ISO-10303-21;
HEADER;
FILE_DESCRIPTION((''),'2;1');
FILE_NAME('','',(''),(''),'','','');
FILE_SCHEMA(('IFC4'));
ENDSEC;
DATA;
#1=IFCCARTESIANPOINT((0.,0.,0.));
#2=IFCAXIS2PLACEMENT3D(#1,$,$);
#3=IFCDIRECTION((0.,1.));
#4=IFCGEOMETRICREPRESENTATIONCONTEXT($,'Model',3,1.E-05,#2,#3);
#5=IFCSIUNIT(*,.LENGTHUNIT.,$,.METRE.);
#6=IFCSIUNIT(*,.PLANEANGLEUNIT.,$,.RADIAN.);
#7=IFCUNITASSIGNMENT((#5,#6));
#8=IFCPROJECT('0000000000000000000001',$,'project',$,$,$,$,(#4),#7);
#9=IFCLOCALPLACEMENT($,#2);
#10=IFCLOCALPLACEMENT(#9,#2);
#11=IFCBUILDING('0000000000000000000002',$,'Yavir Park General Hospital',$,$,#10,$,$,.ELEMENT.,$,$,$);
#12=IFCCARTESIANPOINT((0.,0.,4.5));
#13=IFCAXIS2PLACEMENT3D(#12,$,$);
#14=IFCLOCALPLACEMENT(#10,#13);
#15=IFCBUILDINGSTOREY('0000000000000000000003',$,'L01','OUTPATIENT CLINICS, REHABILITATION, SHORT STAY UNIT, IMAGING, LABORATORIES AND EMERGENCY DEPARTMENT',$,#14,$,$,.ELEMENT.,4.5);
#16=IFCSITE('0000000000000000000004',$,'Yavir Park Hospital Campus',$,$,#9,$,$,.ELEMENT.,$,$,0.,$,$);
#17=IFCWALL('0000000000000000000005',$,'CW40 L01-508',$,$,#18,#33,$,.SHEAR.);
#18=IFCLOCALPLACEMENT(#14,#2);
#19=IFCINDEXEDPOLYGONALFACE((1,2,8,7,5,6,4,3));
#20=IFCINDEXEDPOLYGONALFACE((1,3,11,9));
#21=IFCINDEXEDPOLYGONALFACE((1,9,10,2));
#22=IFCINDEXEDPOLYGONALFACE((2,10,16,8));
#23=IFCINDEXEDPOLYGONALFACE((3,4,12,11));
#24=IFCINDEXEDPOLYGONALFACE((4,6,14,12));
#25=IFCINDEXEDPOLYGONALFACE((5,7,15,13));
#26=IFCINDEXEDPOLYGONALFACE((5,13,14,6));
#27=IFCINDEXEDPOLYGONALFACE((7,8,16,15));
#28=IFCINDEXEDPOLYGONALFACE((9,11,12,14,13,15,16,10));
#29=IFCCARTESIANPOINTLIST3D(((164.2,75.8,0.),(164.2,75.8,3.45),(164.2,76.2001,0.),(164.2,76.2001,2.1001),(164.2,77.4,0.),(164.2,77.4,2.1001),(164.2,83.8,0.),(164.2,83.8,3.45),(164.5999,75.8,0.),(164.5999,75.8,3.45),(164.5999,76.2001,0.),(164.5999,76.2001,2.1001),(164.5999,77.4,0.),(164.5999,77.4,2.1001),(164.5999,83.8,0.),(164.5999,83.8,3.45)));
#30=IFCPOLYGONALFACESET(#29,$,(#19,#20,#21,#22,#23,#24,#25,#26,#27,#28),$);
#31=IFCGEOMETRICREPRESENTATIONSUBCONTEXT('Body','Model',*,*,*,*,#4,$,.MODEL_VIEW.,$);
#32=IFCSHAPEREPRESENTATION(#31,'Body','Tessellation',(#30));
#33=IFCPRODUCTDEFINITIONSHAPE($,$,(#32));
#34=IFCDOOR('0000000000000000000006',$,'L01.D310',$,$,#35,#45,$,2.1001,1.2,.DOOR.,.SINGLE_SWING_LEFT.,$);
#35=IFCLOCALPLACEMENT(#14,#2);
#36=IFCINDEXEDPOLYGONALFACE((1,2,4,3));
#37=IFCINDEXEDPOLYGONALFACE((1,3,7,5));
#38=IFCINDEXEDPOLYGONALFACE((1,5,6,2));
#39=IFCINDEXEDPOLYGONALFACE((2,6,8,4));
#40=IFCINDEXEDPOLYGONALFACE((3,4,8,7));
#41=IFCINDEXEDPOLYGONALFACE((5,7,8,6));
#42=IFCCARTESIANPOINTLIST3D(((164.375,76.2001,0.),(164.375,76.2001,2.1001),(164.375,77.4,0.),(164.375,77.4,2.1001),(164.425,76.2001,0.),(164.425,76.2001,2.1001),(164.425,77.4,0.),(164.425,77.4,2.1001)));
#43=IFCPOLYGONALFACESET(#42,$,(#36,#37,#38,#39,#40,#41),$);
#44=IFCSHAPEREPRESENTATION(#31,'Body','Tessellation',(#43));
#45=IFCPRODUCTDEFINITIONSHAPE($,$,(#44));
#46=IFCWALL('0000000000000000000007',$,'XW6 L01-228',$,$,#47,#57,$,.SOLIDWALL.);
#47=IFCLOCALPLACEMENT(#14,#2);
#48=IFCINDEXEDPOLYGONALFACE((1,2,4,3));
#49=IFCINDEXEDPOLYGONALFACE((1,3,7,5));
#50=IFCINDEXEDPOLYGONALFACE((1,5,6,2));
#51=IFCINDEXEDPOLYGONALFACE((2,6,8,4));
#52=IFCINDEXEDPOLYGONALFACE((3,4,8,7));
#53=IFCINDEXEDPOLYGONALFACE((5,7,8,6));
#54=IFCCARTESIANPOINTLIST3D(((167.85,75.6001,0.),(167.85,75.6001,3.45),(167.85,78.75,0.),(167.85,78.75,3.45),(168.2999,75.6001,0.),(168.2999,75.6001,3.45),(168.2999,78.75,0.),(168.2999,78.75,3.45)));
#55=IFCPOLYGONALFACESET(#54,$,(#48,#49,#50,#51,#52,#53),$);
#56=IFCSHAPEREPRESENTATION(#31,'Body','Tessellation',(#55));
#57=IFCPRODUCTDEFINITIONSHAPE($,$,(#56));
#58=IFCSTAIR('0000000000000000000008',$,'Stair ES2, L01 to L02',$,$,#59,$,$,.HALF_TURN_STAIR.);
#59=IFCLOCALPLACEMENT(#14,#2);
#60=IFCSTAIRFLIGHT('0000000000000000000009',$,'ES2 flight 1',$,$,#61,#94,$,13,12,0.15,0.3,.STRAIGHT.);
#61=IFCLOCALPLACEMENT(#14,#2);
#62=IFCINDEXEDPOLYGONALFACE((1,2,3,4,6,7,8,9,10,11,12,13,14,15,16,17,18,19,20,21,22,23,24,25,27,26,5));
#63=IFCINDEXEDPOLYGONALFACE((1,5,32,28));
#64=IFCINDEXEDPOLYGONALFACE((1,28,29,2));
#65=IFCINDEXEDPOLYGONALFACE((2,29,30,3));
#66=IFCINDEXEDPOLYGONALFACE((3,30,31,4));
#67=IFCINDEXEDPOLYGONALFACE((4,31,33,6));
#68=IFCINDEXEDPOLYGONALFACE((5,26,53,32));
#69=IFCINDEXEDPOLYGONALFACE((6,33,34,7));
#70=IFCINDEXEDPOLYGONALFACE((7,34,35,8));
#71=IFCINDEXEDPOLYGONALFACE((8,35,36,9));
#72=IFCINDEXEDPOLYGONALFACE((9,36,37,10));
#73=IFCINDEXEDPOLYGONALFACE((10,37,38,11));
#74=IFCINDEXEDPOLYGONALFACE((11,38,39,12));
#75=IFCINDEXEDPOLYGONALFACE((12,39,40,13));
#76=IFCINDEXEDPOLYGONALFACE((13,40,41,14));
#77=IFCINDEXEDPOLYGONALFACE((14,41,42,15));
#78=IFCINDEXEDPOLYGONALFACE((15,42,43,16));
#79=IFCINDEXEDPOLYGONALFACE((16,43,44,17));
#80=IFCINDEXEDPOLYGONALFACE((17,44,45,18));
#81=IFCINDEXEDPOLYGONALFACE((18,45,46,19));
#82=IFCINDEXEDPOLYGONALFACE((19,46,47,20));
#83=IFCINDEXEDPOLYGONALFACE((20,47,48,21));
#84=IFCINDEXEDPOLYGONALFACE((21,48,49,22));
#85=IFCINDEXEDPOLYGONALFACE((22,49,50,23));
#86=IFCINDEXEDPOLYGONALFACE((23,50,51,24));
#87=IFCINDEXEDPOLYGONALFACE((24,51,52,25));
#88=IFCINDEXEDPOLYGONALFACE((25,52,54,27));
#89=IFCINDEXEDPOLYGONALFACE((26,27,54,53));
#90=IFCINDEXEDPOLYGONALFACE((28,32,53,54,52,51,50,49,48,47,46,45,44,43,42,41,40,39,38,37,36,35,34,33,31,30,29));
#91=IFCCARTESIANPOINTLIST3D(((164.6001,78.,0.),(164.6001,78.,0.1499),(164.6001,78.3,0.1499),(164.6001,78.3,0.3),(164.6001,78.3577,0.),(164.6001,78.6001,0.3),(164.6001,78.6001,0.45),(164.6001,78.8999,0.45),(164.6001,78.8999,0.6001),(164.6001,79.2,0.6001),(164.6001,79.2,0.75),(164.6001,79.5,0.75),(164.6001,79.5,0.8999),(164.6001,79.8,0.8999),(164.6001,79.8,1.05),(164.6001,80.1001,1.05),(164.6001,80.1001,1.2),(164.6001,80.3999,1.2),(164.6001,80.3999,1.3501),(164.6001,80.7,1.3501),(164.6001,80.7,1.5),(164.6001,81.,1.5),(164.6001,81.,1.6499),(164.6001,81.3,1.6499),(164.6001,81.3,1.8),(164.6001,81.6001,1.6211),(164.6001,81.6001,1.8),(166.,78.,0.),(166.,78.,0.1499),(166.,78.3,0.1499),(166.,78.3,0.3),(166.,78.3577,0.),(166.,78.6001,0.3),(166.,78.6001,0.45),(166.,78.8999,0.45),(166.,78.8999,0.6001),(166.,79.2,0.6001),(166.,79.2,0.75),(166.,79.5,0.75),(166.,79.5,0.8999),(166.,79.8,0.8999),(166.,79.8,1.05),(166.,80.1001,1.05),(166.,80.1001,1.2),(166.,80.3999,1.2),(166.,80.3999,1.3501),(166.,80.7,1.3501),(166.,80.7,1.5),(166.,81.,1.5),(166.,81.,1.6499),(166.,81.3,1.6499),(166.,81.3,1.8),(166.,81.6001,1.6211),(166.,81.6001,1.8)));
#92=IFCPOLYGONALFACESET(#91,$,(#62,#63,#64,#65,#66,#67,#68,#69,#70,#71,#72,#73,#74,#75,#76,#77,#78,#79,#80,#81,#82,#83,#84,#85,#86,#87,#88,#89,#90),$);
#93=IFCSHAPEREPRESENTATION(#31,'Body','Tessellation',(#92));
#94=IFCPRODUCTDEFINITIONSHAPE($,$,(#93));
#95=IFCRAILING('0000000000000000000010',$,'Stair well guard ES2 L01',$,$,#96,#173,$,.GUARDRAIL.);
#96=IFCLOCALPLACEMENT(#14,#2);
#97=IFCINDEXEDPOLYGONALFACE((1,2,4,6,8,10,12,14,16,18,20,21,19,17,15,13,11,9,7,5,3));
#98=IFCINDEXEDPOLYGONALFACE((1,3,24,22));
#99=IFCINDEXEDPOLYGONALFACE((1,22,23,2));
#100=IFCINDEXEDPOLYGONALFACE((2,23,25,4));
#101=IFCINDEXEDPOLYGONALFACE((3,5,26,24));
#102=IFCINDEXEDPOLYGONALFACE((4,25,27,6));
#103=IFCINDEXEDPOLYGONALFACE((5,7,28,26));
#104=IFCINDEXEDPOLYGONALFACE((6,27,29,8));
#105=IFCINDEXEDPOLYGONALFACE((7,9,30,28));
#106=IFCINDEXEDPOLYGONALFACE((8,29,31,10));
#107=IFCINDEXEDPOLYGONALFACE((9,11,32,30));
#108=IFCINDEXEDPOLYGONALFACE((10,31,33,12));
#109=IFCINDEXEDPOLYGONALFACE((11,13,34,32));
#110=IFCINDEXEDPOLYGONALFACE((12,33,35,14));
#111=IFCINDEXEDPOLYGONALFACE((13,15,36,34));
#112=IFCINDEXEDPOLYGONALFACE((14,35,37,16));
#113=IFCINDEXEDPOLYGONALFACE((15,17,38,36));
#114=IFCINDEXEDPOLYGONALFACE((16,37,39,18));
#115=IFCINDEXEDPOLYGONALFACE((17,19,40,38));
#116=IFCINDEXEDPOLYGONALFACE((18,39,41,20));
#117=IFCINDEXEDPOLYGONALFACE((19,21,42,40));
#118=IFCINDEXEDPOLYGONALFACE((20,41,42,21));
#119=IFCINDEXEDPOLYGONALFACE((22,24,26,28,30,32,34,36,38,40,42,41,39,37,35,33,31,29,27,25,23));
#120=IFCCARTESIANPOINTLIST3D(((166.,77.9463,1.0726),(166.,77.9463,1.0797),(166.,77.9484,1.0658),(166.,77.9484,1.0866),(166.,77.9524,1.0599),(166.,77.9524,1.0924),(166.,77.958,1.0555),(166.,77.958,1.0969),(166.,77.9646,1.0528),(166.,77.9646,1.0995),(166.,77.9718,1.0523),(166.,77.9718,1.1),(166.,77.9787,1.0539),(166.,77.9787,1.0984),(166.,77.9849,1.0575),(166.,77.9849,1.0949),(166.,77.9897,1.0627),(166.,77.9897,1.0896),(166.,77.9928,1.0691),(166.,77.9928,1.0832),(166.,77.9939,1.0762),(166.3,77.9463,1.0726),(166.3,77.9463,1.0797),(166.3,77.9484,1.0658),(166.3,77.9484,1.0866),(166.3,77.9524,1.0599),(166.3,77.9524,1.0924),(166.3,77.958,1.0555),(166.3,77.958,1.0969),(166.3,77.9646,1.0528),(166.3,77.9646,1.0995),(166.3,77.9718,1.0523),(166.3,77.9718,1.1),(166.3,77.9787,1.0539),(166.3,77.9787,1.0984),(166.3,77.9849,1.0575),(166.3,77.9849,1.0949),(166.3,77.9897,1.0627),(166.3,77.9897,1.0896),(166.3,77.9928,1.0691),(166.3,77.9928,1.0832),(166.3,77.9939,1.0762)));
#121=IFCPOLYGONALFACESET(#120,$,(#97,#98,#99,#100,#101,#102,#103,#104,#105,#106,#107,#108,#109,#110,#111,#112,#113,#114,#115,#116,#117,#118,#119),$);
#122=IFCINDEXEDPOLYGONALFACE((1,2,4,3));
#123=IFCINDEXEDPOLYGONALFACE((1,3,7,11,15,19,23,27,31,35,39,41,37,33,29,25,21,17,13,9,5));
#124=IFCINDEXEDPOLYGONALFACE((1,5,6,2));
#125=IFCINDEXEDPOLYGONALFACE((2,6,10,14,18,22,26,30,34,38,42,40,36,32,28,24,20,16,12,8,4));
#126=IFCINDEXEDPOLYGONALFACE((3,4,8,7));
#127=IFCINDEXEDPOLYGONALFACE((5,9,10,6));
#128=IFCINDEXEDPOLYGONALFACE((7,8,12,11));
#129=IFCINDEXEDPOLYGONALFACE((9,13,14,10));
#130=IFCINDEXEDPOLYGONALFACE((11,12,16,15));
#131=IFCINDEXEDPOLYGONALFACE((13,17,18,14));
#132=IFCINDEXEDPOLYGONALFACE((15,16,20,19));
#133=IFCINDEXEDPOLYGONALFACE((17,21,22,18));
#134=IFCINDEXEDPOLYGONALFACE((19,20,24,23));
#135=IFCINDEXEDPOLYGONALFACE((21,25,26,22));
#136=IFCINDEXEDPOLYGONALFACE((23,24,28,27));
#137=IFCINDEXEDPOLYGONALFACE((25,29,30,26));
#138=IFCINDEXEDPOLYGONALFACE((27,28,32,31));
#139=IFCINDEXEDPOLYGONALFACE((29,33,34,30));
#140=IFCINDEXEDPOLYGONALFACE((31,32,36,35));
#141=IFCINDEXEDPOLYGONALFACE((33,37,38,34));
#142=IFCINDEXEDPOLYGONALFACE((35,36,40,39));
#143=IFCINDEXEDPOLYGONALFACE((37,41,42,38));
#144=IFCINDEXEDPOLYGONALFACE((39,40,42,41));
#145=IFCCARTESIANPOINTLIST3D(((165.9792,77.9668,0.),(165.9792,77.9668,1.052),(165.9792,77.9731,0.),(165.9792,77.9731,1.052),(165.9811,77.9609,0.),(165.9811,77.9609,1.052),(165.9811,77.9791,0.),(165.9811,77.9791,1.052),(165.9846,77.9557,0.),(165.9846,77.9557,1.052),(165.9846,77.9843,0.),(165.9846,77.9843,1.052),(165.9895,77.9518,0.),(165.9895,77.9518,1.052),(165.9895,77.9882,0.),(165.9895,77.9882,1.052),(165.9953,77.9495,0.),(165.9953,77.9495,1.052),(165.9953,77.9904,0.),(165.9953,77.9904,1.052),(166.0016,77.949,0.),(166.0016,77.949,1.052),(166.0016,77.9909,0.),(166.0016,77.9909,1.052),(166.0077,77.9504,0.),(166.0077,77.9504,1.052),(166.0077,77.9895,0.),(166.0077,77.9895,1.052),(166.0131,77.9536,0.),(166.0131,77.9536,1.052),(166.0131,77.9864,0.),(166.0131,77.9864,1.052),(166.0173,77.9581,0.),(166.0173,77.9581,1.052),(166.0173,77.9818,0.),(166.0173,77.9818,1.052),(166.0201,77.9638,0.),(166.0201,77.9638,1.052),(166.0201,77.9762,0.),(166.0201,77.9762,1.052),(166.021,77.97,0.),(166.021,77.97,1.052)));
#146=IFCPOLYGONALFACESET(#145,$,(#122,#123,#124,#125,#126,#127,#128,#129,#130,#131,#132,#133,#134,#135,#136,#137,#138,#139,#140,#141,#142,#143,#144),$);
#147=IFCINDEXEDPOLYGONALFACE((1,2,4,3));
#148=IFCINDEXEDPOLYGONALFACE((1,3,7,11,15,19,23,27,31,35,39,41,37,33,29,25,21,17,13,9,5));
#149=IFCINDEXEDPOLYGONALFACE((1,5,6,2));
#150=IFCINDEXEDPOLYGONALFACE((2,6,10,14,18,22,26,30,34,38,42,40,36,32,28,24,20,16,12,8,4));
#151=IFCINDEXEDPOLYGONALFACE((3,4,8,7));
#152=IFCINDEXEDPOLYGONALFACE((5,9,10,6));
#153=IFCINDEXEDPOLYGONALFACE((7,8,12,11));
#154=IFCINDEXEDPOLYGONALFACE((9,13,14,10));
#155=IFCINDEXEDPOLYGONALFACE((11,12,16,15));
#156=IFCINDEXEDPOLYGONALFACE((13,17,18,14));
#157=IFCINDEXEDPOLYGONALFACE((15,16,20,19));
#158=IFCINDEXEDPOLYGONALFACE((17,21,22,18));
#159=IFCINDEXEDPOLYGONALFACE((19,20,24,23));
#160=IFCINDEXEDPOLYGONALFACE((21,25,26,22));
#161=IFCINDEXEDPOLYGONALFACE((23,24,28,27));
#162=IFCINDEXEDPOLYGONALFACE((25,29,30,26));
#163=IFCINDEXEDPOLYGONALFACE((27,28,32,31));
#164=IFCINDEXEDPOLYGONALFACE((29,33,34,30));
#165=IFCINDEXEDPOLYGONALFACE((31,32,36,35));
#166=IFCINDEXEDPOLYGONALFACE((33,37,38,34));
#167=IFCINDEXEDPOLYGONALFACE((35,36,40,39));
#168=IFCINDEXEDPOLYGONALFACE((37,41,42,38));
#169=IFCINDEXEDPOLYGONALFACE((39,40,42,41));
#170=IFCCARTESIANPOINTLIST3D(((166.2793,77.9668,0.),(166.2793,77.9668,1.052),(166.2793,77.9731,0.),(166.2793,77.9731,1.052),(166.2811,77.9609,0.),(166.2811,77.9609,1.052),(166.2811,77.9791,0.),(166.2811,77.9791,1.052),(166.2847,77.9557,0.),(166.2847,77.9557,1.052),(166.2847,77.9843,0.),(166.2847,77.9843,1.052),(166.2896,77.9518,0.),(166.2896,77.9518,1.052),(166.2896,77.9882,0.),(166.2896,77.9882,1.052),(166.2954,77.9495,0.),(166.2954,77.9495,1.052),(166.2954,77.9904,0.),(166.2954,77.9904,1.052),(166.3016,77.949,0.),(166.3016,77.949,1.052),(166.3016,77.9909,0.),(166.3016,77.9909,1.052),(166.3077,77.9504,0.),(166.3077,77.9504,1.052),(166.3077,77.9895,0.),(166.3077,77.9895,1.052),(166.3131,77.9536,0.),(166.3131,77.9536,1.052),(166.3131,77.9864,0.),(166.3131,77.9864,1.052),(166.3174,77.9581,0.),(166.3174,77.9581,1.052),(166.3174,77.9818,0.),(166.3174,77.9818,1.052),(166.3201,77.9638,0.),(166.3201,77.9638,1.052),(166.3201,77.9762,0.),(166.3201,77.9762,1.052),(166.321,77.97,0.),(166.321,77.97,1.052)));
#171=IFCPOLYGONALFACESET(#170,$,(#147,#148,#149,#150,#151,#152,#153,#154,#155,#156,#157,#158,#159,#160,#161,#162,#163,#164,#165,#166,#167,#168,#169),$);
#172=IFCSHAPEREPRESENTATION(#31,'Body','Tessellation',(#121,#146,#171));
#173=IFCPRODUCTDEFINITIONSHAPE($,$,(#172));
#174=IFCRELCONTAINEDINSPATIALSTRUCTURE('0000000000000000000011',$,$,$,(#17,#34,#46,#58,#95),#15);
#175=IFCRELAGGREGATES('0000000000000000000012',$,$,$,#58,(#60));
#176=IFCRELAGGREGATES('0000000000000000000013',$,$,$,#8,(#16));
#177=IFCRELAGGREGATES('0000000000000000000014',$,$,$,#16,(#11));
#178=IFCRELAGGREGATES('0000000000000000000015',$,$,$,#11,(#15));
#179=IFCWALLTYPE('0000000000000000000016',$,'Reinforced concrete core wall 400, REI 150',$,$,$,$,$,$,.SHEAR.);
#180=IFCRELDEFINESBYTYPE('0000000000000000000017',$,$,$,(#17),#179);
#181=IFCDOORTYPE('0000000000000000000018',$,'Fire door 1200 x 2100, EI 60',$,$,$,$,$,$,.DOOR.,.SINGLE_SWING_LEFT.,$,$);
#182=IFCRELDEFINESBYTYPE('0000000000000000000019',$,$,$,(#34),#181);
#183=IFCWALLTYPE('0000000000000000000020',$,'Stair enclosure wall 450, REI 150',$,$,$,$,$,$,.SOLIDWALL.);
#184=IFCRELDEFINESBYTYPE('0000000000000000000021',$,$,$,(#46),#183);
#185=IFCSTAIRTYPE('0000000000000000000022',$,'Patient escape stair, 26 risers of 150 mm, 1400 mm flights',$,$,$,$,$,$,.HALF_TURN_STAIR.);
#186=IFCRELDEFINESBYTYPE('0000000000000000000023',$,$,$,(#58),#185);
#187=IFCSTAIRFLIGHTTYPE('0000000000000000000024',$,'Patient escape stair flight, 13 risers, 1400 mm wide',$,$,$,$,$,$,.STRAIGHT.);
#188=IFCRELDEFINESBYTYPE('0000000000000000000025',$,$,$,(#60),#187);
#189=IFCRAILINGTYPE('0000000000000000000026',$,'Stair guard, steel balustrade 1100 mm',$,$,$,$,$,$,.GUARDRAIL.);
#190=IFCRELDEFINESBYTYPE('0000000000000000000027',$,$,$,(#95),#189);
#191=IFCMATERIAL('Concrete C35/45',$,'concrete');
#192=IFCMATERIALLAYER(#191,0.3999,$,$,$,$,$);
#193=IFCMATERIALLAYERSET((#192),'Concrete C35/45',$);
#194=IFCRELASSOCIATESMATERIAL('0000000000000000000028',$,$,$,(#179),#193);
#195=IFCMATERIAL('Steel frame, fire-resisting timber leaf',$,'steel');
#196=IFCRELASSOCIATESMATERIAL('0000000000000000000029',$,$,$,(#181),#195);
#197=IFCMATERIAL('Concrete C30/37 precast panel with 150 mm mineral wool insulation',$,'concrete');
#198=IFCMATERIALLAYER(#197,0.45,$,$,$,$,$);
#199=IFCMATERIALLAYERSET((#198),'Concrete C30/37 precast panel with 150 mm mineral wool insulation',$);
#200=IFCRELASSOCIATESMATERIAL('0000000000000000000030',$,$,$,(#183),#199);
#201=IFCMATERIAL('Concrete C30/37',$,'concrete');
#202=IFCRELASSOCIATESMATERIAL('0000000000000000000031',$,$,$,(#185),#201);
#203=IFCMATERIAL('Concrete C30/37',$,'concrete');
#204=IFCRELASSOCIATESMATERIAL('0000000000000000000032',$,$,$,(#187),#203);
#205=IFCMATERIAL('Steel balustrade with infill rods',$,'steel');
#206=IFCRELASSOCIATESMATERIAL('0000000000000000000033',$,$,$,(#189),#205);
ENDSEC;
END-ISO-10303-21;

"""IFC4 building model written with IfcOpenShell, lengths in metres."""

from ifc_helpers import new_model, si_unit, direction, frame, frame_2d, origin, origin_2d, place, context, subcontext, project, spatial, polyline, rectangle, circle, outline, extrude, material, layer, layer_set, type_object, element, fill, aggregate, save


model = new_model("IFC4")

# Units and contexts
model_context = context("Model", 3, precision=1e-05, world=origin(), true_north=direction((0.0, 1.0)))
body_context = subcontext(model_context, "Body", "Model", "MODEL_VIEW")
ifc_project = project(units=[si_unit("LENGTHUNIT", "METRE"), si_unit("PLANEANGLEUNIT", "RADIAN")], contexts=[model_context])

# Site, building, storey
site_placement = place(None, origin())
site = spatial("IfcSite", under=ifc_project, at=site_placement, Name="Yavir Park Hospital Campus", CompositionType="ELEMENT", RefElevation=0.0)
building_placement = place(site_placement, origin())
building = spatial("IfcBuilding", under=site, at=building_placement, Name="Yavir Park General Hospital", CompositionType="ELEMENT")
storey_placement = place(building_placement, frame((0.0, 0.0, 4.5)))
storey = spatial("IfcBuildingStorey", under=building, at=storey_placement, Name="L01", Description="OUTPATIENT CLINICS, REHABILITATION, SHORT STAY UNIT, IMAGING, LABORATORIES AND EMERGENCY DEPARTMENT", CompositionType="ELEMENT", Elevation=4.5)

# Shared definitions
ifc_material_1 = material(Name="Concrete C35/45", Category="concrete")
ifc_layer_1 = layer(ifc_material_1, 0.3999)
ifc_layer_set_1 = layer_set([ifc_layer_1], Name="Concrete C35/45")
wall_type_1 = type_object("IfcWallType", Name="Reinforced concrete core wall 400, REI 150", PredefinedType="SHEAR", material=ifc_layer_set_1)

# Wall, opening, door
wall_1_placement = place(storey_placement, frame((164.3999, 75.8, 0.0), z_axis=(0.0, 0.0, 1.0), x_axis=(0.0, 1.0, 0.0)))
wall_1 = element("IfcWall", 1, at=wall_1_placement, inside=storey, type_object=wall_type_1, Name="CW40 L01-508", PredefinedType="SHEAR", context=body_context, shape_type="SweptSolid", body=[
    extrude(rectangle(XDim=8.0, YDim=0.3999, at=frame_2d((4.0, 0.0))), origin(), (0.0, 0.0, 1.0), 3.45),
])
opening_1_placement = place(wall_1_placement, frame((0.3999, 0.0, 0.0)))
opening_1 = element("IfcOpeningElement", 2, at=opening_1_placement, cuts=wall_1, PredefinedType="OPENING", context=body_context, shape_type="SweptSolid", body=[
    extrude(rectangle(XDim=1.2, YDim=2.1001, at=frame_2d((0.6001, 1.05))), frame((0.0, 0.21, 0.0), z_axis=(0.0, -1.0, 0.0), x_axis=(1.0, 0.0, 0.0)), (0.0, 0.0, 1.0), 0.4199),
])
ifc_material_2 = material(Name="Steel frame, fire-resisting timber leaf", Category="steel")
door_type = type_object("IfcDoorType", Name="Fire door 1200 x 2100, EI 60", OperationType="SINGLE_SWING_LEFT", PredefinedType="DOOR", material=ifc_material_2)
door_placement = place(opening_1_placement, origin())
door = element("IfcDoor", 3, at=door_placement, inside=storey, type_object=door_type, Name="L01.D310", OperationType="SINGLE_SWING_LEFT", OverallHeight=2.1001, OverallWidth=1.2, PredefinedType="DOOR", context=body_context, shape_type="SweptSolid", body=[
    extrude(rectangle(XDim=1.2, YDim=2.1001, at=frame_2d((0.6001, 1.05))), frame((0.0, 0.0249, 0.0), z_axis=(0.0, -1.0, 0.0), x_axis=(1.0, 0.0, 0.0)), (0.0, 0.0, 1.0), 0.05),
])
fill(opening_1, door)

# Wall
ifc_material_3 = material(Name="Concrete C30/37 precast panel with 150 mm mineral wool insulation", Category="concrete")
ifc_layer_2 = layer(ifc_material_3, 0.45)
ifc_layer_set_2 = layer_set([ifc_layer_2], Name="Concrete C30/37 precast panel with 150 mm mineral wool insulation")
wall_type_2 = type_object("IfcWallType", Name="Stair enclosure wall 450, REI 150", PredefinedType="SOLIDWALL", material=ifc_layer_set_2)
wall_2_placement = place(storey_placement, frame((168.075, 75.6001, 0.0), z_axis=(0.0, 0.0, 1.0), x_axis=(0.0, 1.0, 0.0)))
element("IfcWall", 4, at=wall_2_placement, inside=storey, type_object=wall_type_2, Name="XW6 L01-228", PredefinedType="SOLIDWALL", context=body_context, shape_type="SweptSolid", body=[
    extrude(rectangle(XDim=3.1499, YDim=0.45, at=frame_2d((1.575, 0.0))), origin(), (0.0, 0.0, 1.0), 3.45),
])

# Stair, stair flight
ifc_material_4 = material(Name="Concrete C30/37", Category="concrete")
stair_type = type_object("IfcStairType", Name="Patient escape stair, 26 risers of 150 mm, 1400 mm flights", PredefinedType="HALF_TURN_STAIR", material=ifc_material_4)
stair_placement = place(storey_placement, origin())
stair = element("IfcStair", 5, at=stair_placement, inside=storey, type_object=stair_type, Name="Stair ES2, L01 to L02", PredefinedType="HALF_TURN_STAIR")
ifc_material_5 = material(Name="Concrete C30/37", Category="concrete")
stair_flight_type = type_object("IfcStairFlightType", Name="Patient escape stair flight, 13 risers, 1400 mm wide", PredefinedType="STRAIGHT", material=ifc_material_5)
stair_flight_placement = place(storey_placement, frame((165.3, 78.0, 0.0), z_axis=(0.0, 0.0, 1.0), x_axis=(0.0, 1.0, 0.0)))
stair_flight = element("IfcStairFlight", 6, at=stair_flight_placement, type_object=stair_flight_type, Name="ES2 flight 1", NumberOfRisers=13, NumberOfTreads=12, PredefinedType="STRAIGHT", RiserHeight=0.15, TreadLength=0.3, context=body_context, shape_type="SweptSolid", body=[
    extrude(outline(polyline([(0.0, 0.0), (0.0, 0.1499), (0.3, 0.1499), (0.3, 0.3), (0.6001, 0.3), (0.6001, 0.45), (0.8999, 0.45), (0.8999, 0.6001), (1.2, 0.6001), (1.2, 0.75), (1.5, 0.75), (1.5, 0.8999), (1.8, 0.8999), (1.8, 1.05), (2.1001, 1.05), (2.1001, 1.2), (2.3999, 1.2), (2.3999, 1.3501), (2.7, 1.3501), (2.7, 1.5), (3.0, 1.5), (3.0, 1.6499), (3.3, 1.6499), (3.3, 1.8), (3.6001, 1.8), (3.6001, 1.95), (3.6001, 1.6211), (0.3577, 0.0), (0.0, 0.0)])), frame((0.0, 0.7, 0.0), z_axis=(0.0, -1.0, 0.0), x_axis=(1.0, 0.0, 0.0)), (0.0, 0.0, 1.0), 1.3999),
])
aggregate(stair, [stair_flight])

# Railing
ifc_material_6 = material(Name="Steel balustrade with infill rods", Category="steel")
railing_type_1 = type_object("IfcRailingType", Name="Stair guard, steel balustrade 1100 mm", PredefinedType="GUARDRAIL", material=ifc_material_6)
railing_placement = place(storey_placement, frame((166.0, 77.97, 0.0)))
element("IfcRailing", 7, at=railing_placement, inside=storey, type_object=railing_type_1, Name="Stair well guard ES2 L01", PredefinedType="GUARDRAIL", context=body_context, shape_type="SweptSolid", body=[
    extrude(circle(Radius=0.0239, at=origin_2d()), frame((0.0, 0.0, 1.0762), z_axis=(1.0, 0.0, 0.0), x_axis=(0.0, 1.0, 0.0)), (0.0, 0.0, 1.0), 0.3),
    extrude(circle(Radius=0.021, at=origin_2d()), origin(), (0.0, 0.0, 1.0), 1.052),
    extrude(circle(Radius=0.021, at=origin_2d()), frame((0.3, 0.0, 0.0)), (0.0, 0.0, 1.0), 1.052),
])

save(model, "model.ifc")
